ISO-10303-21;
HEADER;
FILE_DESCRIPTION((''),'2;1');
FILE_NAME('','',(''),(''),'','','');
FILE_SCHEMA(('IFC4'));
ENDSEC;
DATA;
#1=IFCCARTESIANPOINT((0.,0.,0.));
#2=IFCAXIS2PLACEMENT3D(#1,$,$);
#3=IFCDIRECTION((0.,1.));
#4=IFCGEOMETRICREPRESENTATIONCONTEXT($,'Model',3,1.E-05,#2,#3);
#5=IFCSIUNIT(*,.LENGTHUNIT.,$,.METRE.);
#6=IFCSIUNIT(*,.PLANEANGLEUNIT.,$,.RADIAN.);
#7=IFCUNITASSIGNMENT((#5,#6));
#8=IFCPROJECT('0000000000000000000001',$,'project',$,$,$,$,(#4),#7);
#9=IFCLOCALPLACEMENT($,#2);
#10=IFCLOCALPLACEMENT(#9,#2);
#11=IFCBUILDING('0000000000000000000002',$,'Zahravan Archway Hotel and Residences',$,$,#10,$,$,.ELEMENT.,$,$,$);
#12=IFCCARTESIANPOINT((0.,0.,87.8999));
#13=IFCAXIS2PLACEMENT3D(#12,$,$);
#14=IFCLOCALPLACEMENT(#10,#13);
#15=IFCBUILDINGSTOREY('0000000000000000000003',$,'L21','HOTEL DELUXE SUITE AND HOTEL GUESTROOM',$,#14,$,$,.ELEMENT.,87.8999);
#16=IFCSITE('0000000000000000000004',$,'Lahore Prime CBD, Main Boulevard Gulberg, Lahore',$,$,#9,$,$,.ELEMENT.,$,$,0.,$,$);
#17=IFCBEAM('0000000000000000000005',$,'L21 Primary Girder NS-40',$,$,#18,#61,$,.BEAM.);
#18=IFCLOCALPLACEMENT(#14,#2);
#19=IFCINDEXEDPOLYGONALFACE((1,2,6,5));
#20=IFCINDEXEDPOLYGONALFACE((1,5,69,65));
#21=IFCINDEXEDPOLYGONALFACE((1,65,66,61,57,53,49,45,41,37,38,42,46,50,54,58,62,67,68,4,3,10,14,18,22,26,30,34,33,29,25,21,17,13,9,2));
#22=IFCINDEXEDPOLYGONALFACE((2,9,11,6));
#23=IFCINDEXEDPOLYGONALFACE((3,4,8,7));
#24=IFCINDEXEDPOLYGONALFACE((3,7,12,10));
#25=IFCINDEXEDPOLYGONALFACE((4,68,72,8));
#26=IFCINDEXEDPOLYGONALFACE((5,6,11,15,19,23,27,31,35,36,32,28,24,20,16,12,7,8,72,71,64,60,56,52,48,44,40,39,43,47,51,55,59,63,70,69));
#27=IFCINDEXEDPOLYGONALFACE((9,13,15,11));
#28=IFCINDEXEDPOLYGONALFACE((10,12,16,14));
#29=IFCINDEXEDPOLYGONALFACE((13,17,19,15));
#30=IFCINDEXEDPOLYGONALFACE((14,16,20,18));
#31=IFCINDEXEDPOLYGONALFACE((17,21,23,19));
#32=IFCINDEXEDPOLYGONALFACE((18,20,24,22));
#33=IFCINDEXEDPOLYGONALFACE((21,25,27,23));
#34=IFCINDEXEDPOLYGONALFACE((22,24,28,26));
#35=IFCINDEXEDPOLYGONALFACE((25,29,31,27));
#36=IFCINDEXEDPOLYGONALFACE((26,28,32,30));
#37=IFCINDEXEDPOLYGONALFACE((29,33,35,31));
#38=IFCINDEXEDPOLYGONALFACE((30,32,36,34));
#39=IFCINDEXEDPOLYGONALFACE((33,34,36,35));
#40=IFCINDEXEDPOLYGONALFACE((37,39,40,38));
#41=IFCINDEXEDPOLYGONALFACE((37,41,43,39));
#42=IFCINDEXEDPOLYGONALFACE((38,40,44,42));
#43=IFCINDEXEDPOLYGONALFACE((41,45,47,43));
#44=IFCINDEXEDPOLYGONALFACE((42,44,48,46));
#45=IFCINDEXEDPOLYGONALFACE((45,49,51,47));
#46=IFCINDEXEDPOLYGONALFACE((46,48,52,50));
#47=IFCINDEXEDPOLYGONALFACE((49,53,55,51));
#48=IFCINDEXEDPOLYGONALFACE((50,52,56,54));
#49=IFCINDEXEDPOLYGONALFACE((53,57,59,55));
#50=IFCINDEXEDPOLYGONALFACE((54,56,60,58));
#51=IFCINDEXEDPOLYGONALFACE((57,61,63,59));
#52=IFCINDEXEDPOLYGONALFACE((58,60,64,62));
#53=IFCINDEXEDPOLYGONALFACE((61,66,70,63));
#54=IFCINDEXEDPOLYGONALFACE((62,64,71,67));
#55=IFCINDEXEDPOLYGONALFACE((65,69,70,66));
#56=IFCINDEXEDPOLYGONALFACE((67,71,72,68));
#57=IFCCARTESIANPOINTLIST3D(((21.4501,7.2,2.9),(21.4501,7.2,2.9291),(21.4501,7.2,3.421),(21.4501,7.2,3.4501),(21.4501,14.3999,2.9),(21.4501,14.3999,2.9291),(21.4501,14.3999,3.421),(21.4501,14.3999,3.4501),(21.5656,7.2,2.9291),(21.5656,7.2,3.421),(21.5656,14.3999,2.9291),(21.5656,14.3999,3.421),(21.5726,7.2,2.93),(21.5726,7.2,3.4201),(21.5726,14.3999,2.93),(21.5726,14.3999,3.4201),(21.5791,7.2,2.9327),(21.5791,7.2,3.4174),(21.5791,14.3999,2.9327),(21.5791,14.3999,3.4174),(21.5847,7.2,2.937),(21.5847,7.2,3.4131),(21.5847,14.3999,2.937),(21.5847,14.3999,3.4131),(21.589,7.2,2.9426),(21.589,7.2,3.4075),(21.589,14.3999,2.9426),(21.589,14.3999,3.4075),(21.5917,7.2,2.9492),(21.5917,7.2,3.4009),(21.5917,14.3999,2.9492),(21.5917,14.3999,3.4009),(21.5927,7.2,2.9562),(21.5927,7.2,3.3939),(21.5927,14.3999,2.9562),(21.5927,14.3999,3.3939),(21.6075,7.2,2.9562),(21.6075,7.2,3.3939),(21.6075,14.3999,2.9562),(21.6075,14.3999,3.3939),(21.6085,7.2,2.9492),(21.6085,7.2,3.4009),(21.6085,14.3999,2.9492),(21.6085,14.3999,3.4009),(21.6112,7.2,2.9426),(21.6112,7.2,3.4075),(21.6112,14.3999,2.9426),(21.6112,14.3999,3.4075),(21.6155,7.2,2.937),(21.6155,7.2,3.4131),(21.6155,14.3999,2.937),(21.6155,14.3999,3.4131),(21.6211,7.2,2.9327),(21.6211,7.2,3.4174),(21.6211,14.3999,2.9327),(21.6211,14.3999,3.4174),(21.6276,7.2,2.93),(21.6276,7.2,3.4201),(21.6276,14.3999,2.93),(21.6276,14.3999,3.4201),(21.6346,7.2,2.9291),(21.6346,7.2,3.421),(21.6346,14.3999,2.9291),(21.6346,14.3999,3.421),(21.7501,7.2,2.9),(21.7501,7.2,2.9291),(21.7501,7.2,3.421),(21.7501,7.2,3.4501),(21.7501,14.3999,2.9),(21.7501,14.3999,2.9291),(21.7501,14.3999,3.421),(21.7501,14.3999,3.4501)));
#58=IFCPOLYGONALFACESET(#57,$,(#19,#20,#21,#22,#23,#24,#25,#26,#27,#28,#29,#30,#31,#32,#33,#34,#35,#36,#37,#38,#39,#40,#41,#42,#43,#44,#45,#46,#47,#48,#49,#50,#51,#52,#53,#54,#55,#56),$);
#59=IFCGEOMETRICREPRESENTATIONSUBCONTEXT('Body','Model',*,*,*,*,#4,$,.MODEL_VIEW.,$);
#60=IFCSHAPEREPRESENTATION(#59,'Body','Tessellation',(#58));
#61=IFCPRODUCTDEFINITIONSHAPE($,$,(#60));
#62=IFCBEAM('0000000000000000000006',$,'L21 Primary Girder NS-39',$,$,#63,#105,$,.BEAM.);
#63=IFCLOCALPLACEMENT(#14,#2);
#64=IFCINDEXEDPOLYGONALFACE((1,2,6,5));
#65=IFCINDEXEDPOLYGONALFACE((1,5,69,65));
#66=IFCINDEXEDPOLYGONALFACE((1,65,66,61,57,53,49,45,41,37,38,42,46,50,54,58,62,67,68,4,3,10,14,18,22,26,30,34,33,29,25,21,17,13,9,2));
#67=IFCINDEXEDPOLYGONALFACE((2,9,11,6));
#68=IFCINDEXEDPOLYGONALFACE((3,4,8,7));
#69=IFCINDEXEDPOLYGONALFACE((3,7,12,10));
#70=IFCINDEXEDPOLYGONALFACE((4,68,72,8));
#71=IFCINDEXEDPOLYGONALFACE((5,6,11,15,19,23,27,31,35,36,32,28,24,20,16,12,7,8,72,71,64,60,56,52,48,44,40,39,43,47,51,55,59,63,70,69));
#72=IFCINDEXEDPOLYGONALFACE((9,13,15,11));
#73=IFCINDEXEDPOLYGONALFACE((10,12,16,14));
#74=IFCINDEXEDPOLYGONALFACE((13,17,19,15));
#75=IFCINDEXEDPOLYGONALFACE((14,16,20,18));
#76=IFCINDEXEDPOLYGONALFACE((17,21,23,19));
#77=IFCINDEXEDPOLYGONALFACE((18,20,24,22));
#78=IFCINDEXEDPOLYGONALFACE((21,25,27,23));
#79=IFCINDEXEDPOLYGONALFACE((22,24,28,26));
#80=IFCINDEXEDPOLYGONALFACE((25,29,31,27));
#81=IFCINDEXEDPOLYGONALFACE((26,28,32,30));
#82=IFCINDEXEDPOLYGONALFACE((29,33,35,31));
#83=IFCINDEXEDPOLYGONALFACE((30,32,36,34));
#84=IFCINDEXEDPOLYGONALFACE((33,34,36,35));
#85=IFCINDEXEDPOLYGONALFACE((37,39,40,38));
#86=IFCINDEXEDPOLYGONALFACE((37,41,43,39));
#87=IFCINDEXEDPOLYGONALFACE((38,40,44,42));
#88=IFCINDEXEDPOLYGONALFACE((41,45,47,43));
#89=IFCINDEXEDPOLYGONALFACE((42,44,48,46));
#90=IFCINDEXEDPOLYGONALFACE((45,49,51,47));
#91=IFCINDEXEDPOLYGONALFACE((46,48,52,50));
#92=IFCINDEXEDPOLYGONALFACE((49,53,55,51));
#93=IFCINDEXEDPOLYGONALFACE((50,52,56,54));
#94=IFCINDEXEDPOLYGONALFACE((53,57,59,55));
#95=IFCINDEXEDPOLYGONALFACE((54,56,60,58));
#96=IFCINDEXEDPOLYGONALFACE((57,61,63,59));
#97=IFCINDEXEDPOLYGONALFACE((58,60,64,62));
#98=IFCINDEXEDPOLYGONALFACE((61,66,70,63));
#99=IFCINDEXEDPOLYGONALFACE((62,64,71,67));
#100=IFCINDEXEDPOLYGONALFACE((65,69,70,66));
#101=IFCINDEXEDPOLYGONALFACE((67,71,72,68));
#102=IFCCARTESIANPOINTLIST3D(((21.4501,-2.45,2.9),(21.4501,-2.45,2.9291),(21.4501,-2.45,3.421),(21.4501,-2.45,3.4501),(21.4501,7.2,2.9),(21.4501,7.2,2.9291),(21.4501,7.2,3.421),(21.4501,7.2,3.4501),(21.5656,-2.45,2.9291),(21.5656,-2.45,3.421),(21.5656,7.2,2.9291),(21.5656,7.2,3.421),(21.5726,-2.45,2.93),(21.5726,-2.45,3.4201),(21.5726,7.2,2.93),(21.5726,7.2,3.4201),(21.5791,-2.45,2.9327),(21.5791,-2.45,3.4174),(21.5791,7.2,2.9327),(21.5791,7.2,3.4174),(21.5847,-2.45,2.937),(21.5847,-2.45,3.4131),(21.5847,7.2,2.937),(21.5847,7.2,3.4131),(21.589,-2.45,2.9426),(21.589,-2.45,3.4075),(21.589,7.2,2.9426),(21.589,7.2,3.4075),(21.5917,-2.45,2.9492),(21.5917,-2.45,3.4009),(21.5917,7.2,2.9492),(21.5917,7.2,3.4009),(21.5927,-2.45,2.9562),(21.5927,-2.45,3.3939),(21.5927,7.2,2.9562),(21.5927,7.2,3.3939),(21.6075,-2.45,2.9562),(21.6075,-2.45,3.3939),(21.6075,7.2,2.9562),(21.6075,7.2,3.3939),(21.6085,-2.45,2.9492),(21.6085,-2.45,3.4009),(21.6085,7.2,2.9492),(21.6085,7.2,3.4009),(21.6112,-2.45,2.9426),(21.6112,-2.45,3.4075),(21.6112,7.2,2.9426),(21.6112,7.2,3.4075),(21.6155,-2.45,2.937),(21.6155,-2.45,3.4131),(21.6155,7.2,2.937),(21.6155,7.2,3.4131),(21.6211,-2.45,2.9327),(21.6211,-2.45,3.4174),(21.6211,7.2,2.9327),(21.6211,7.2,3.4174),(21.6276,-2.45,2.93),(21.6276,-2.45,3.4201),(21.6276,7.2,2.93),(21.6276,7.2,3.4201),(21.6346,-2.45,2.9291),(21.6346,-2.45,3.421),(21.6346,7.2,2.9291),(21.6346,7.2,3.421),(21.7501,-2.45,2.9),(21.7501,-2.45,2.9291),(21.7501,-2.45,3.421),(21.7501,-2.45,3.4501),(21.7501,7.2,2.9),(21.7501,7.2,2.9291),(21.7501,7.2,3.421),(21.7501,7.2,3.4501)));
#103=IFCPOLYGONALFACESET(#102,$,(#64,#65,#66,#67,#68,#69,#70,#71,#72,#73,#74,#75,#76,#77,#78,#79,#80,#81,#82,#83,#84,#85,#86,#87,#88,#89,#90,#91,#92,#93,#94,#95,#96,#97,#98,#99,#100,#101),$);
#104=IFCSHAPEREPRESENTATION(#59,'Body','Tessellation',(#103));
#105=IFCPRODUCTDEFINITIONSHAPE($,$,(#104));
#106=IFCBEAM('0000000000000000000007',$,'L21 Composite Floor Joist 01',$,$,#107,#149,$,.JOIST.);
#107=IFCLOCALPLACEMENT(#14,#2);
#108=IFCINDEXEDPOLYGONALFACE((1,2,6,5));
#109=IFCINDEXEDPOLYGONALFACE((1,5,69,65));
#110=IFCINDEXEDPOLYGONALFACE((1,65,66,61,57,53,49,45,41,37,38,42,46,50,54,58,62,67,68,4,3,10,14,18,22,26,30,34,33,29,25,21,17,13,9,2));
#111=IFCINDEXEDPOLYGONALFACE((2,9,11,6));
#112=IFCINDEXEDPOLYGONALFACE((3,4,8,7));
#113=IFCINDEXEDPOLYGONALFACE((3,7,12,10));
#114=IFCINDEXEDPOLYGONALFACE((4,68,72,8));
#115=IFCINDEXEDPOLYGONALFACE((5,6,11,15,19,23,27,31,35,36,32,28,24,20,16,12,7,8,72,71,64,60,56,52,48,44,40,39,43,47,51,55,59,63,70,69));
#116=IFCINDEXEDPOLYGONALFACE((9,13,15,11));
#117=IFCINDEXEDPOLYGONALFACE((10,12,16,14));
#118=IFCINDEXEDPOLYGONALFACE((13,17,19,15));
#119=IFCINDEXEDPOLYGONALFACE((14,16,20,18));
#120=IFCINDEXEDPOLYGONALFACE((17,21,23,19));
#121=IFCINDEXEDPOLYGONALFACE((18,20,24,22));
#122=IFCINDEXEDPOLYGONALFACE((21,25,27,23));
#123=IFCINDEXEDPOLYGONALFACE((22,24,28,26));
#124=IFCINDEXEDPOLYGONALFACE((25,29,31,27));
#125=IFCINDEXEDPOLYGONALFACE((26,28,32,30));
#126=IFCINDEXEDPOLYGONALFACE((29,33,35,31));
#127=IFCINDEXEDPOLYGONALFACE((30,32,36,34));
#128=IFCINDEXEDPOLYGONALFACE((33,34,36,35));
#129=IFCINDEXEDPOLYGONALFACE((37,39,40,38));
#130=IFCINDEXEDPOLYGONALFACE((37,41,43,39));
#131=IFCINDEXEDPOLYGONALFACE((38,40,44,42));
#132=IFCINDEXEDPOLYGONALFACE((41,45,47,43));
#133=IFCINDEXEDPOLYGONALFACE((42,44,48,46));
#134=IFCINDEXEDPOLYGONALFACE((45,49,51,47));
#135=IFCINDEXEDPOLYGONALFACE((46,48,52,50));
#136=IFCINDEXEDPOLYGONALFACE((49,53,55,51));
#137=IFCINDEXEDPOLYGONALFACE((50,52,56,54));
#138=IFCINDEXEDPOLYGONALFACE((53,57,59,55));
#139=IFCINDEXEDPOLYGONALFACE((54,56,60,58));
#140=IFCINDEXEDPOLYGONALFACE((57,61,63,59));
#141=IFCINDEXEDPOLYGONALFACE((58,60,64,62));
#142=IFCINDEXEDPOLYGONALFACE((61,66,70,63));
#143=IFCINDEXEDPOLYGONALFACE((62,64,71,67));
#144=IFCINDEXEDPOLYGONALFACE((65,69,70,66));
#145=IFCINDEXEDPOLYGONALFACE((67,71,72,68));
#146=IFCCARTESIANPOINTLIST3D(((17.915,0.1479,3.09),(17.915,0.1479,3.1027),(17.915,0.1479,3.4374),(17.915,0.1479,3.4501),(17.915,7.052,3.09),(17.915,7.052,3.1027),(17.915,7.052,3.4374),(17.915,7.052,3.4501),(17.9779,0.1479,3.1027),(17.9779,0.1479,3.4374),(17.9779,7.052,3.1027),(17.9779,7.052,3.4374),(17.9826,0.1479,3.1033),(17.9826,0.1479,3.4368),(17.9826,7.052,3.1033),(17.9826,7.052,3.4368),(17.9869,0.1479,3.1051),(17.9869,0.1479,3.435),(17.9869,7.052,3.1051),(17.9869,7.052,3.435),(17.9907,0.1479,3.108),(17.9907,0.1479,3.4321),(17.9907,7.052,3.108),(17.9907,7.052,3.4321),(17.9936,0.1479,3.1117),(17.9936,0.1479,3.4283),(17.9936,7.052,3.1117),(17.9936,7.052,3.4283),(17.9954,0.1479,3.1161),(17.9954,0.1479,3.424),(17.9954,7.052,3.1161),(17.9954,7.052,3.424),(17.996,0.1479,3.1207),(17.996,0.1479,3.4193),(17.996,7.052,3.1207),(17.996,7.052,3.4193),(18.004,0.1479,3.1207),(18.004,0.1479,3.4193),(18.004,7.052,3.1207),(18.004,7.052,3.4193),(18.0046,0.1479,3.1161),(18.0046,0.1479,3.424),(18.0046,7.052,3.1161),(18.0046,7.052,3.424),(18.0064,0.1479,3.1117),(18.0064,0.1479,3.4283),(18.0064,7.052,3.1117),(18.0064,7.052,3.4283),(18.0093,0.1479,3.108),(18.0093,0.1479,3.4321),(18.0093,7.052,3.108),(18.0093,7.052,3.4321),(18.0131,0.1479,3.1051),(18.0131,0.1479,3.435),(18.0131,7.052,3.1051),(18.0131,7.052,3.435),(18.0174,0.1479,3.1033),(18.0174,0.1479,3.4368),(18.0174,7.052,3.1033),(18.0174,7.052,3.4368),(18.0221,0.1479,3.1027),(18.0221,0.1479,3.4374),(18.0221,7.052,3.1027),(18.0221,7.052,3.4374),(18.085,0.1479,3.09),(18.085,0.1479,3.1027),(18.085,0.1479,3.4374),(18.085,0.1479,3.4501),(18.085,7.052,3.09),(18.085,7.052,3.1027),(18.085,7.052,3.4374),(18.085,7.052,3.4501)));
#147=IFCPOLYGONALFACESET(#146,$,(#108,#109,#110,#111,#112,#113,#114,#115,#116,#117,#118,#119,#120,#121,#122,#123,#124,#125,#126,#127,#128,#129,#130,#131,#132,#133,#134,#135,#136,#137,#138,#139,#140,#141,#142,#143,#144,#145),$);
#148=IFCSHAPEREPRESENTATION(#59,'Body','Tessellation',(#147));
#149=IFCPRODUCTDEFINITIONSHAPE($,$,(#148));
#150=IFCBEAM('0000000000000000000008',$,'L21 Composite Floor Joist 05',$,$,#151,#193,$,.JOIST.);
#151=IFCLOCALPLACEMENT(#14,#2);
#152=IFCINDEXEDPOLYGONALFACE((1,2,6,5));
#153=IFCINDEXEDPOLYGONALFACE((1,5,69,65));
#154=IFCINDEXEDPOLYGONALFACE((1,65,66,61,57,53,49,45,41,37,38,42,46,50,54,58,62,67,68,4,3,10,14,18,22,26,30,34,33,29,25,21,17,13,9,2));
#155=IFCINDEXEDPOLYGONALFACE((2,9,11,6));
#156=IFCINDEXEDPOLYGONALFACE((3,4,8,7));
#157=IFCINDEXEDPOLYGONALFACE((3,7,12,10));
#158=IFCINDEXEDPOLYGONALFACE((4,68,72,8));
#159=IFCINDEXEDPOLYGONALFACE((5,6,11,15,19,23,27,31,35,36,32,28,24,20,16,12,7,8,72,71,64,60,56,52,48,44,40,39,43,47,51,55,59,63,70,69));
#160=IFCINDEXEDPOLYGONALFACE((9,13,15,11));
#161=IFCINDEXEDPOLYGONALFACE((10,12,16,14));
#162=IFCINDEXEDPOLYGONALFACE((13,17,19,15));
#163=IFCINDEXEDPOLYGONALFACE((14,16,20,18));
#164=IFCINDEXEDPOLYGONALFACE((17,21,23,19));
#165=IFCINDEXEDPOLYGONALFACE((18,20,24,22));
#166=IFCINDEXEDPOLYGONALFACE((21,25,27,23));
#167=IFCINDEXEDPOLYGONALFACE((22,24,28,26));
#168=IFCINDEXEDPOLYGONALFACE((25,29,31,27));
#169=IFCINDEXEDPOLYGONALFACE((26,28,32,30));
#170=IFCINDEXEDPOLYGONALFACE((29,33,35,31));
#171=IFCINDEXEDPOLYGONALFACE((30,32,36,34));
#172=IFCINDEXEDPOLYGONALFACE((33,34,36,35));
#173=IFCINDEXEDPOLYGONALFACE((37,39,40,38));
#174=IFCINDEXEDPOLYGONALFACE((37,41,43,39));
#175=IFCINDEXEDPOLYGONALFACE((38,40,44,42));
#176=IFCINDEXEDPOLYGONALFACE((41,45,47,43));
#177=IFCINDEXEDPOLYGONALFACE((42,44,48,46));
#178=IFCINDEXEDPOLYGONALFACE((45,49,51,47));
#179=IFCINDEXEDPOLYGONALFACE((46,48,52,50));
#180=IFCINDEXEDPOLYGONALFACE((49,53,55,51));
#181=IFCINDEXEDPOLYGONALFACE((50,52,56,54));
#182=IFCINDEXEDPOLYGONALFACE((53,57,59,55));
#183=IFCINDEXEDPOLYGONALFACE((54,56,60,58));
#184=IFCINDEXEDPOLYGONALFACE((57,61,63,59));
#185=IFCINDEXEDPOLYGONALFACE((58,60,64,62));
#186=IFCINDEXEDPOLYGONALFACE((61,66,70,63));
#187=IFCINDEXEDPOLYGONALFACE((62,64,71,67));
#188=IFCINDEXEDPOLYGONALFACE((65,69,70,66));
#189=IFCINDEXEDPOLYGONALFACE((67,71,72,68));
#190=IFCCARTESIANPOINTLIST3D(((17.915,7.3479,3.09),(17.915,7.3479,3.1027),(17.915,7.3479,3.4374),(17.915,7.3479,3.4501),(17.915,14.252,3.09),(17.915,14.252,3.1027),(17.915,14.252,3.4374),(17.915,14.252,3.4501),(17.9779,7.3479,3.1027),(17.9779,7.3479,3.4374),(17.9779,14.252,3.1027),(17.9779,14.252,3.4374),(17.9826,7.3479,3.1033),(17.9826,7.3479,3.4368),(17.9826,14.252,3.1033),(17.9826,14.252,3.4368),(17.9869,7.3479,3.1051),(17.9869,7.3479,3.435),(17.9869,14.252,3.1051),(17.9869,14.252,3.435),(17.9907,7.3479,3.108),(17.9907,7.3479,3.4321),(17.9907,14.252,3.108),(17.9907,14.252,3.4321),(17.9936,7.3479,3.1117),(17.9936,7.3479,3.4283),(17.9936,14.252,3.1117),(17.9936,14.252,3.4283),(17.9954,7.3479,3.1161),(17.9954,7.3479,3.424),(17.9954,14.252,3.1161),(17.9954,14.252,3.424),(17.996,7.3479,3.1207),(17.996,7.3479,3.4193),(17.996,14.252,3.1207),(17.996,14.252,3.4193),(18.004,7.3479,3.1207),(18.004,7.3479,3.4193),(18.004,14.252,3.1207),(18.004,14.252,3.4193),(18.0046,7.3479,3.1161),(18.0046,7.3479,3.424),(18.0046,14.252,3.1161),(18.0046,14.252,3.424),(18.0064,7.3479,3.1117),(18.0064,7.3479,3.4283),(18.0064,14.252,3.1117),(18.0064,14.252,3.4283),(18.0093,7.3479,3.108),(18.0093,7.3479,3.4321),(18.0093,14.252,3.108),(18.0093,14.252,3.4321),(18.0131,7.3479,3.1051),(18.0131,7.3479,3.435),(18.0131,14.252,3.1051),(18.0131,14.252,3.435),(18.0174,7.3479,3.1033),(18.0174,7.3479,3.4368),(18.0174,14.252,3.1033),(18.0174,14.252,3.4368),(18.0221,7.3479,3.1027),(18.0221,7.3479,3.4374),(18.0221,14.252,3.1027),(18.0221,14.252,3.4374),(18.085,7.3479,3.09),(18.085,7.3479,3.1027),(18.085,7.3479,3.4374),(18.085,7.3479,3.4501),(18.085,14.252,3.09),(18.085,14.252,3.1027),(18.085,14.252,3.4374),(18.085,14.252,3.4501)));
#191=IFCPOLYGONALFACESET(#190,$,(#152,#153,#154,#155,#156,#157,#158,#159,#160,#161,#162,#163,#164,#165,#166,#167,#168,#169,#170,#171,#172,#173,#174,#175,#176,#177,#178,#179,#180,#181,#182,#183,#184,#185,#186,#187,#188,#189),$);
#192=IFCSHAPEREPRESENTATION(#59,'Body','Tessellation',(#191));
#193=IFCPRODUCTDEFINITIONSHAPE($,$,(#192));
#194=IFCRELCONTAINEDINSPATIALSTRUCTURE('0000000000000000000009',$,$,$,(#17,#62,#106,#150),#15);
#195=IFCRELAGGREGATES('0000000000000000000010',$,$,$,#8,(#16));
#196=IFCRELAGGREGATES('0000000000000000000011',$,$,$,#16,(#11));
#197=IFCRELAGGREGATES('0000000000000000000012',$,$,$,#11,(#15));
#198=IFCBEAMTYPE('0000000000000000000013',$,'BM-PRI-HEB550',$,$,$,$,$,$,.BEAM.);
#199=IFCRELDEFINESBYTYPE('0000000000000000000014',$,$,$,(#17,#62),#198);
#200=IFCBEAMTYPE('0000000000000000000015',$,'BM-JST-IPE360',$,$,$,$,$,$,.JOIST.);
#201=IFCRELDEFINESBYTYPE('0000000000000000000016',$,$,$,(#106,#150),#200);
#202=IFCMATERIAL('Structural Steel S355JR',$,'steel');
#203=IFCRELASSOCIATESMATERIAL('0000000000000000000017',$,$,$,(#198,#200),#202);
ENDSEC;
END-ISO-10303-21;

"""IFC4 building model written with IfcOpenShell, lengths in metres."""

from ifc_helpers import new_model, si_unit, direction, frame, origin, origin_2d, place, context, subcontext, project, spatial, i_section, extrude, source, transform, mapped, material, material_profile, profile_set, type_object, type_shapes, element, save


model = new_model("IFC4")

# Units and contexts
model_context = context("Model", 3, precision=1e-05, world=origin(), true_north=direction((0.0, 1.0)))
body_context = subcontext(model_context, "Body", "Model", "MODEL_VIEW")
ifc_project = project(units=[si_unit("LENGTHUNIT", "METRE"), si_unit("PLANEANGLEUNIT", "RADIAN")], contexts=[model_context])

# Site, building, storey
site_placement = place(None, origin())
site = spatial("IfcSite", under=ifc_project, at=site_placement, Name="Lahore Prime CBD, Main Boulevard Gulberg, Lahore", CompositionType="ELEMENT", RefElevation=0.0)
building_placement = place(site_placement, origin())
building = spatial("IfcBuilding", under=site, at=building_placement, Name="Zahravan Archway Hotel and Residences", CompositionType="ELEMENT")
storey_placement = place(building_placement, frame((0.0, 0.0, 87.8999)))
storey = spatial("IfcBuildingStorey", under=building, at=storey_placement, Name="L21", Description="HOTEL DELUXE SUITE AND HOTEL GUESTROOM", CompositionType="ELEMENT", Elevation=87.8999)

# Beams
ifc_material_1 = material(Name="Structural Steel S355JR", Category="steel")
ifc_material_profile_1 = material_profile(ifc_material_1, i_section(OverallWidth=0.3, OverallDepth=0.55, WebThickness=0.0149, FlangeThickness=0.0291, FilletRadius=0.0271, at=origin_2d()), Name="HEB 550", Category="steel")
ifc_profile_set_1 = profile_set([ifc_material_profile_1], Name="Structural Steel S355JR")
beam_type_1 = type_object("IfcBeamType", Name="BM-PRI-HEB550", PredefinedType="BEAM", material=ifc_profile_set_1)
shared_shape_1 = source(origin(), body_context, "Body", "SweptSolid", [
    extrude(i_section(OverallWidth=0.3, OverallDepth=0.55, WebThickness=0.0149, FlangeThickness=0.0291, FilletRadius=0.0271, at=origin_2d()), origin(), (0.0, 0.0, 1.0), 7.2),
])
for number, where, z_axis, x_axis, name in (
    (1, (21.6001, 7.2, 3.175), (0.0, 1.0, 0.0), (-1.0, 0.0, 0.0), "L21 Primary Girder NS-40"),
):
    element("IfcBeam", number, at=place(storey_placement, frame(where, z_axis=z_axis, x_axis=x_axis)), inside=storey, type_object=beam_type_1, Name=name, PredefinedType="BEAM", context=body_context, shape_type="MappedRepresentation", body=[
        mapped(shared_shape_1, transform((0.0, 0.0, 0.0), scale=1.0)),
    ])
shared_shape_2 = source(origin(), body_context, "Body", "SweptSolid", [
    extrude(i_section(OverallWidth=0.3, OverallDepth=0.55, WebThickness=0.0149, FlangeThickness=0.0291, FilletRadius=0.0271, at=origin_2d()), origin(), (0.0, 0.0, 1.0), 9.6499),
])
beam_1_placement = place(storey_placement, frame((21.6001, -2.45, 3.175), z_axis=(0.0, 1.0, 0.0), x_axis=(-1.0, 0.0, 0.0)))
element("IfcBeam", 2, at=beam_1_placement, inside=storey, type_object=beam_type_1, Name="L21 Primary Girder NS-39", PredefinedType="BEAM", context=body_context, shape_type="MappedRepresentation", body=[
    mapped(shared_shape_2, transform((0.0, 0.0, 0.0), scale=1.0)),
])
ifc_material_profile_2 = material_profile(ifc_material_1, i_section(OverallWidth=0.1699, OverallDepth=0.3601, WebThickness=0.0081, FlangeThickness=0.0127, FilletRadius=0.0181, at=origin_2d()), Name="IPE 360", Category="steel")
ifc_profile_set_2 = profile_set([ifc_material_profile_2], Name="Structural Steel S355JR")
beam_type_2 = type_object("IfcBeamType", Name="BM-JST-IPE360", PredefinedType="JOIST", material=ifc_profile_set_2)
shared_shape_3 = source(origin(), body_context, "Body", "SweptSolid", [
    extrude(i_section(OverallWidth=0.1699, OverallDepth=0.3601, WebThickness=0.0081, FlangeThickness=0.0127, FilletRadius=0.0181, at=origin_2d()), origin(), (0.0, 0.0, 1.0), 6.9041),
])
type_shapes(beam_type_2, [shared_shape_3])
for number, where, z_axis, x_axis, name in (
    (3, (18.0, 0.1479, 3.27), (0.0, 1.0, 0.0), (-1.0, 0.0, 0.0), "L21 Composite Floor Joist 01"),
    (4, (18.0, 7.3479, 3.27), (0.0, 1.0, 0.0), (-1.0, 0.0, 0.0), "L21 Composite Floor Joist 05"),
):
    element("IfcBeam", number, at=place(storey_placement, frame(where, z_axis=z_axis, x_axis=x_axis)), inside=storey, type_object=beam_type_2, Name=name, PredefinedType="JOIST", context=body_context, shape_type="MappedRepresentation", body=[
        mapped(shared_shape_3, transform((0.0, 0.0, 0.0), scale=1.0)),
    ])

save(model, "model.ifc")
